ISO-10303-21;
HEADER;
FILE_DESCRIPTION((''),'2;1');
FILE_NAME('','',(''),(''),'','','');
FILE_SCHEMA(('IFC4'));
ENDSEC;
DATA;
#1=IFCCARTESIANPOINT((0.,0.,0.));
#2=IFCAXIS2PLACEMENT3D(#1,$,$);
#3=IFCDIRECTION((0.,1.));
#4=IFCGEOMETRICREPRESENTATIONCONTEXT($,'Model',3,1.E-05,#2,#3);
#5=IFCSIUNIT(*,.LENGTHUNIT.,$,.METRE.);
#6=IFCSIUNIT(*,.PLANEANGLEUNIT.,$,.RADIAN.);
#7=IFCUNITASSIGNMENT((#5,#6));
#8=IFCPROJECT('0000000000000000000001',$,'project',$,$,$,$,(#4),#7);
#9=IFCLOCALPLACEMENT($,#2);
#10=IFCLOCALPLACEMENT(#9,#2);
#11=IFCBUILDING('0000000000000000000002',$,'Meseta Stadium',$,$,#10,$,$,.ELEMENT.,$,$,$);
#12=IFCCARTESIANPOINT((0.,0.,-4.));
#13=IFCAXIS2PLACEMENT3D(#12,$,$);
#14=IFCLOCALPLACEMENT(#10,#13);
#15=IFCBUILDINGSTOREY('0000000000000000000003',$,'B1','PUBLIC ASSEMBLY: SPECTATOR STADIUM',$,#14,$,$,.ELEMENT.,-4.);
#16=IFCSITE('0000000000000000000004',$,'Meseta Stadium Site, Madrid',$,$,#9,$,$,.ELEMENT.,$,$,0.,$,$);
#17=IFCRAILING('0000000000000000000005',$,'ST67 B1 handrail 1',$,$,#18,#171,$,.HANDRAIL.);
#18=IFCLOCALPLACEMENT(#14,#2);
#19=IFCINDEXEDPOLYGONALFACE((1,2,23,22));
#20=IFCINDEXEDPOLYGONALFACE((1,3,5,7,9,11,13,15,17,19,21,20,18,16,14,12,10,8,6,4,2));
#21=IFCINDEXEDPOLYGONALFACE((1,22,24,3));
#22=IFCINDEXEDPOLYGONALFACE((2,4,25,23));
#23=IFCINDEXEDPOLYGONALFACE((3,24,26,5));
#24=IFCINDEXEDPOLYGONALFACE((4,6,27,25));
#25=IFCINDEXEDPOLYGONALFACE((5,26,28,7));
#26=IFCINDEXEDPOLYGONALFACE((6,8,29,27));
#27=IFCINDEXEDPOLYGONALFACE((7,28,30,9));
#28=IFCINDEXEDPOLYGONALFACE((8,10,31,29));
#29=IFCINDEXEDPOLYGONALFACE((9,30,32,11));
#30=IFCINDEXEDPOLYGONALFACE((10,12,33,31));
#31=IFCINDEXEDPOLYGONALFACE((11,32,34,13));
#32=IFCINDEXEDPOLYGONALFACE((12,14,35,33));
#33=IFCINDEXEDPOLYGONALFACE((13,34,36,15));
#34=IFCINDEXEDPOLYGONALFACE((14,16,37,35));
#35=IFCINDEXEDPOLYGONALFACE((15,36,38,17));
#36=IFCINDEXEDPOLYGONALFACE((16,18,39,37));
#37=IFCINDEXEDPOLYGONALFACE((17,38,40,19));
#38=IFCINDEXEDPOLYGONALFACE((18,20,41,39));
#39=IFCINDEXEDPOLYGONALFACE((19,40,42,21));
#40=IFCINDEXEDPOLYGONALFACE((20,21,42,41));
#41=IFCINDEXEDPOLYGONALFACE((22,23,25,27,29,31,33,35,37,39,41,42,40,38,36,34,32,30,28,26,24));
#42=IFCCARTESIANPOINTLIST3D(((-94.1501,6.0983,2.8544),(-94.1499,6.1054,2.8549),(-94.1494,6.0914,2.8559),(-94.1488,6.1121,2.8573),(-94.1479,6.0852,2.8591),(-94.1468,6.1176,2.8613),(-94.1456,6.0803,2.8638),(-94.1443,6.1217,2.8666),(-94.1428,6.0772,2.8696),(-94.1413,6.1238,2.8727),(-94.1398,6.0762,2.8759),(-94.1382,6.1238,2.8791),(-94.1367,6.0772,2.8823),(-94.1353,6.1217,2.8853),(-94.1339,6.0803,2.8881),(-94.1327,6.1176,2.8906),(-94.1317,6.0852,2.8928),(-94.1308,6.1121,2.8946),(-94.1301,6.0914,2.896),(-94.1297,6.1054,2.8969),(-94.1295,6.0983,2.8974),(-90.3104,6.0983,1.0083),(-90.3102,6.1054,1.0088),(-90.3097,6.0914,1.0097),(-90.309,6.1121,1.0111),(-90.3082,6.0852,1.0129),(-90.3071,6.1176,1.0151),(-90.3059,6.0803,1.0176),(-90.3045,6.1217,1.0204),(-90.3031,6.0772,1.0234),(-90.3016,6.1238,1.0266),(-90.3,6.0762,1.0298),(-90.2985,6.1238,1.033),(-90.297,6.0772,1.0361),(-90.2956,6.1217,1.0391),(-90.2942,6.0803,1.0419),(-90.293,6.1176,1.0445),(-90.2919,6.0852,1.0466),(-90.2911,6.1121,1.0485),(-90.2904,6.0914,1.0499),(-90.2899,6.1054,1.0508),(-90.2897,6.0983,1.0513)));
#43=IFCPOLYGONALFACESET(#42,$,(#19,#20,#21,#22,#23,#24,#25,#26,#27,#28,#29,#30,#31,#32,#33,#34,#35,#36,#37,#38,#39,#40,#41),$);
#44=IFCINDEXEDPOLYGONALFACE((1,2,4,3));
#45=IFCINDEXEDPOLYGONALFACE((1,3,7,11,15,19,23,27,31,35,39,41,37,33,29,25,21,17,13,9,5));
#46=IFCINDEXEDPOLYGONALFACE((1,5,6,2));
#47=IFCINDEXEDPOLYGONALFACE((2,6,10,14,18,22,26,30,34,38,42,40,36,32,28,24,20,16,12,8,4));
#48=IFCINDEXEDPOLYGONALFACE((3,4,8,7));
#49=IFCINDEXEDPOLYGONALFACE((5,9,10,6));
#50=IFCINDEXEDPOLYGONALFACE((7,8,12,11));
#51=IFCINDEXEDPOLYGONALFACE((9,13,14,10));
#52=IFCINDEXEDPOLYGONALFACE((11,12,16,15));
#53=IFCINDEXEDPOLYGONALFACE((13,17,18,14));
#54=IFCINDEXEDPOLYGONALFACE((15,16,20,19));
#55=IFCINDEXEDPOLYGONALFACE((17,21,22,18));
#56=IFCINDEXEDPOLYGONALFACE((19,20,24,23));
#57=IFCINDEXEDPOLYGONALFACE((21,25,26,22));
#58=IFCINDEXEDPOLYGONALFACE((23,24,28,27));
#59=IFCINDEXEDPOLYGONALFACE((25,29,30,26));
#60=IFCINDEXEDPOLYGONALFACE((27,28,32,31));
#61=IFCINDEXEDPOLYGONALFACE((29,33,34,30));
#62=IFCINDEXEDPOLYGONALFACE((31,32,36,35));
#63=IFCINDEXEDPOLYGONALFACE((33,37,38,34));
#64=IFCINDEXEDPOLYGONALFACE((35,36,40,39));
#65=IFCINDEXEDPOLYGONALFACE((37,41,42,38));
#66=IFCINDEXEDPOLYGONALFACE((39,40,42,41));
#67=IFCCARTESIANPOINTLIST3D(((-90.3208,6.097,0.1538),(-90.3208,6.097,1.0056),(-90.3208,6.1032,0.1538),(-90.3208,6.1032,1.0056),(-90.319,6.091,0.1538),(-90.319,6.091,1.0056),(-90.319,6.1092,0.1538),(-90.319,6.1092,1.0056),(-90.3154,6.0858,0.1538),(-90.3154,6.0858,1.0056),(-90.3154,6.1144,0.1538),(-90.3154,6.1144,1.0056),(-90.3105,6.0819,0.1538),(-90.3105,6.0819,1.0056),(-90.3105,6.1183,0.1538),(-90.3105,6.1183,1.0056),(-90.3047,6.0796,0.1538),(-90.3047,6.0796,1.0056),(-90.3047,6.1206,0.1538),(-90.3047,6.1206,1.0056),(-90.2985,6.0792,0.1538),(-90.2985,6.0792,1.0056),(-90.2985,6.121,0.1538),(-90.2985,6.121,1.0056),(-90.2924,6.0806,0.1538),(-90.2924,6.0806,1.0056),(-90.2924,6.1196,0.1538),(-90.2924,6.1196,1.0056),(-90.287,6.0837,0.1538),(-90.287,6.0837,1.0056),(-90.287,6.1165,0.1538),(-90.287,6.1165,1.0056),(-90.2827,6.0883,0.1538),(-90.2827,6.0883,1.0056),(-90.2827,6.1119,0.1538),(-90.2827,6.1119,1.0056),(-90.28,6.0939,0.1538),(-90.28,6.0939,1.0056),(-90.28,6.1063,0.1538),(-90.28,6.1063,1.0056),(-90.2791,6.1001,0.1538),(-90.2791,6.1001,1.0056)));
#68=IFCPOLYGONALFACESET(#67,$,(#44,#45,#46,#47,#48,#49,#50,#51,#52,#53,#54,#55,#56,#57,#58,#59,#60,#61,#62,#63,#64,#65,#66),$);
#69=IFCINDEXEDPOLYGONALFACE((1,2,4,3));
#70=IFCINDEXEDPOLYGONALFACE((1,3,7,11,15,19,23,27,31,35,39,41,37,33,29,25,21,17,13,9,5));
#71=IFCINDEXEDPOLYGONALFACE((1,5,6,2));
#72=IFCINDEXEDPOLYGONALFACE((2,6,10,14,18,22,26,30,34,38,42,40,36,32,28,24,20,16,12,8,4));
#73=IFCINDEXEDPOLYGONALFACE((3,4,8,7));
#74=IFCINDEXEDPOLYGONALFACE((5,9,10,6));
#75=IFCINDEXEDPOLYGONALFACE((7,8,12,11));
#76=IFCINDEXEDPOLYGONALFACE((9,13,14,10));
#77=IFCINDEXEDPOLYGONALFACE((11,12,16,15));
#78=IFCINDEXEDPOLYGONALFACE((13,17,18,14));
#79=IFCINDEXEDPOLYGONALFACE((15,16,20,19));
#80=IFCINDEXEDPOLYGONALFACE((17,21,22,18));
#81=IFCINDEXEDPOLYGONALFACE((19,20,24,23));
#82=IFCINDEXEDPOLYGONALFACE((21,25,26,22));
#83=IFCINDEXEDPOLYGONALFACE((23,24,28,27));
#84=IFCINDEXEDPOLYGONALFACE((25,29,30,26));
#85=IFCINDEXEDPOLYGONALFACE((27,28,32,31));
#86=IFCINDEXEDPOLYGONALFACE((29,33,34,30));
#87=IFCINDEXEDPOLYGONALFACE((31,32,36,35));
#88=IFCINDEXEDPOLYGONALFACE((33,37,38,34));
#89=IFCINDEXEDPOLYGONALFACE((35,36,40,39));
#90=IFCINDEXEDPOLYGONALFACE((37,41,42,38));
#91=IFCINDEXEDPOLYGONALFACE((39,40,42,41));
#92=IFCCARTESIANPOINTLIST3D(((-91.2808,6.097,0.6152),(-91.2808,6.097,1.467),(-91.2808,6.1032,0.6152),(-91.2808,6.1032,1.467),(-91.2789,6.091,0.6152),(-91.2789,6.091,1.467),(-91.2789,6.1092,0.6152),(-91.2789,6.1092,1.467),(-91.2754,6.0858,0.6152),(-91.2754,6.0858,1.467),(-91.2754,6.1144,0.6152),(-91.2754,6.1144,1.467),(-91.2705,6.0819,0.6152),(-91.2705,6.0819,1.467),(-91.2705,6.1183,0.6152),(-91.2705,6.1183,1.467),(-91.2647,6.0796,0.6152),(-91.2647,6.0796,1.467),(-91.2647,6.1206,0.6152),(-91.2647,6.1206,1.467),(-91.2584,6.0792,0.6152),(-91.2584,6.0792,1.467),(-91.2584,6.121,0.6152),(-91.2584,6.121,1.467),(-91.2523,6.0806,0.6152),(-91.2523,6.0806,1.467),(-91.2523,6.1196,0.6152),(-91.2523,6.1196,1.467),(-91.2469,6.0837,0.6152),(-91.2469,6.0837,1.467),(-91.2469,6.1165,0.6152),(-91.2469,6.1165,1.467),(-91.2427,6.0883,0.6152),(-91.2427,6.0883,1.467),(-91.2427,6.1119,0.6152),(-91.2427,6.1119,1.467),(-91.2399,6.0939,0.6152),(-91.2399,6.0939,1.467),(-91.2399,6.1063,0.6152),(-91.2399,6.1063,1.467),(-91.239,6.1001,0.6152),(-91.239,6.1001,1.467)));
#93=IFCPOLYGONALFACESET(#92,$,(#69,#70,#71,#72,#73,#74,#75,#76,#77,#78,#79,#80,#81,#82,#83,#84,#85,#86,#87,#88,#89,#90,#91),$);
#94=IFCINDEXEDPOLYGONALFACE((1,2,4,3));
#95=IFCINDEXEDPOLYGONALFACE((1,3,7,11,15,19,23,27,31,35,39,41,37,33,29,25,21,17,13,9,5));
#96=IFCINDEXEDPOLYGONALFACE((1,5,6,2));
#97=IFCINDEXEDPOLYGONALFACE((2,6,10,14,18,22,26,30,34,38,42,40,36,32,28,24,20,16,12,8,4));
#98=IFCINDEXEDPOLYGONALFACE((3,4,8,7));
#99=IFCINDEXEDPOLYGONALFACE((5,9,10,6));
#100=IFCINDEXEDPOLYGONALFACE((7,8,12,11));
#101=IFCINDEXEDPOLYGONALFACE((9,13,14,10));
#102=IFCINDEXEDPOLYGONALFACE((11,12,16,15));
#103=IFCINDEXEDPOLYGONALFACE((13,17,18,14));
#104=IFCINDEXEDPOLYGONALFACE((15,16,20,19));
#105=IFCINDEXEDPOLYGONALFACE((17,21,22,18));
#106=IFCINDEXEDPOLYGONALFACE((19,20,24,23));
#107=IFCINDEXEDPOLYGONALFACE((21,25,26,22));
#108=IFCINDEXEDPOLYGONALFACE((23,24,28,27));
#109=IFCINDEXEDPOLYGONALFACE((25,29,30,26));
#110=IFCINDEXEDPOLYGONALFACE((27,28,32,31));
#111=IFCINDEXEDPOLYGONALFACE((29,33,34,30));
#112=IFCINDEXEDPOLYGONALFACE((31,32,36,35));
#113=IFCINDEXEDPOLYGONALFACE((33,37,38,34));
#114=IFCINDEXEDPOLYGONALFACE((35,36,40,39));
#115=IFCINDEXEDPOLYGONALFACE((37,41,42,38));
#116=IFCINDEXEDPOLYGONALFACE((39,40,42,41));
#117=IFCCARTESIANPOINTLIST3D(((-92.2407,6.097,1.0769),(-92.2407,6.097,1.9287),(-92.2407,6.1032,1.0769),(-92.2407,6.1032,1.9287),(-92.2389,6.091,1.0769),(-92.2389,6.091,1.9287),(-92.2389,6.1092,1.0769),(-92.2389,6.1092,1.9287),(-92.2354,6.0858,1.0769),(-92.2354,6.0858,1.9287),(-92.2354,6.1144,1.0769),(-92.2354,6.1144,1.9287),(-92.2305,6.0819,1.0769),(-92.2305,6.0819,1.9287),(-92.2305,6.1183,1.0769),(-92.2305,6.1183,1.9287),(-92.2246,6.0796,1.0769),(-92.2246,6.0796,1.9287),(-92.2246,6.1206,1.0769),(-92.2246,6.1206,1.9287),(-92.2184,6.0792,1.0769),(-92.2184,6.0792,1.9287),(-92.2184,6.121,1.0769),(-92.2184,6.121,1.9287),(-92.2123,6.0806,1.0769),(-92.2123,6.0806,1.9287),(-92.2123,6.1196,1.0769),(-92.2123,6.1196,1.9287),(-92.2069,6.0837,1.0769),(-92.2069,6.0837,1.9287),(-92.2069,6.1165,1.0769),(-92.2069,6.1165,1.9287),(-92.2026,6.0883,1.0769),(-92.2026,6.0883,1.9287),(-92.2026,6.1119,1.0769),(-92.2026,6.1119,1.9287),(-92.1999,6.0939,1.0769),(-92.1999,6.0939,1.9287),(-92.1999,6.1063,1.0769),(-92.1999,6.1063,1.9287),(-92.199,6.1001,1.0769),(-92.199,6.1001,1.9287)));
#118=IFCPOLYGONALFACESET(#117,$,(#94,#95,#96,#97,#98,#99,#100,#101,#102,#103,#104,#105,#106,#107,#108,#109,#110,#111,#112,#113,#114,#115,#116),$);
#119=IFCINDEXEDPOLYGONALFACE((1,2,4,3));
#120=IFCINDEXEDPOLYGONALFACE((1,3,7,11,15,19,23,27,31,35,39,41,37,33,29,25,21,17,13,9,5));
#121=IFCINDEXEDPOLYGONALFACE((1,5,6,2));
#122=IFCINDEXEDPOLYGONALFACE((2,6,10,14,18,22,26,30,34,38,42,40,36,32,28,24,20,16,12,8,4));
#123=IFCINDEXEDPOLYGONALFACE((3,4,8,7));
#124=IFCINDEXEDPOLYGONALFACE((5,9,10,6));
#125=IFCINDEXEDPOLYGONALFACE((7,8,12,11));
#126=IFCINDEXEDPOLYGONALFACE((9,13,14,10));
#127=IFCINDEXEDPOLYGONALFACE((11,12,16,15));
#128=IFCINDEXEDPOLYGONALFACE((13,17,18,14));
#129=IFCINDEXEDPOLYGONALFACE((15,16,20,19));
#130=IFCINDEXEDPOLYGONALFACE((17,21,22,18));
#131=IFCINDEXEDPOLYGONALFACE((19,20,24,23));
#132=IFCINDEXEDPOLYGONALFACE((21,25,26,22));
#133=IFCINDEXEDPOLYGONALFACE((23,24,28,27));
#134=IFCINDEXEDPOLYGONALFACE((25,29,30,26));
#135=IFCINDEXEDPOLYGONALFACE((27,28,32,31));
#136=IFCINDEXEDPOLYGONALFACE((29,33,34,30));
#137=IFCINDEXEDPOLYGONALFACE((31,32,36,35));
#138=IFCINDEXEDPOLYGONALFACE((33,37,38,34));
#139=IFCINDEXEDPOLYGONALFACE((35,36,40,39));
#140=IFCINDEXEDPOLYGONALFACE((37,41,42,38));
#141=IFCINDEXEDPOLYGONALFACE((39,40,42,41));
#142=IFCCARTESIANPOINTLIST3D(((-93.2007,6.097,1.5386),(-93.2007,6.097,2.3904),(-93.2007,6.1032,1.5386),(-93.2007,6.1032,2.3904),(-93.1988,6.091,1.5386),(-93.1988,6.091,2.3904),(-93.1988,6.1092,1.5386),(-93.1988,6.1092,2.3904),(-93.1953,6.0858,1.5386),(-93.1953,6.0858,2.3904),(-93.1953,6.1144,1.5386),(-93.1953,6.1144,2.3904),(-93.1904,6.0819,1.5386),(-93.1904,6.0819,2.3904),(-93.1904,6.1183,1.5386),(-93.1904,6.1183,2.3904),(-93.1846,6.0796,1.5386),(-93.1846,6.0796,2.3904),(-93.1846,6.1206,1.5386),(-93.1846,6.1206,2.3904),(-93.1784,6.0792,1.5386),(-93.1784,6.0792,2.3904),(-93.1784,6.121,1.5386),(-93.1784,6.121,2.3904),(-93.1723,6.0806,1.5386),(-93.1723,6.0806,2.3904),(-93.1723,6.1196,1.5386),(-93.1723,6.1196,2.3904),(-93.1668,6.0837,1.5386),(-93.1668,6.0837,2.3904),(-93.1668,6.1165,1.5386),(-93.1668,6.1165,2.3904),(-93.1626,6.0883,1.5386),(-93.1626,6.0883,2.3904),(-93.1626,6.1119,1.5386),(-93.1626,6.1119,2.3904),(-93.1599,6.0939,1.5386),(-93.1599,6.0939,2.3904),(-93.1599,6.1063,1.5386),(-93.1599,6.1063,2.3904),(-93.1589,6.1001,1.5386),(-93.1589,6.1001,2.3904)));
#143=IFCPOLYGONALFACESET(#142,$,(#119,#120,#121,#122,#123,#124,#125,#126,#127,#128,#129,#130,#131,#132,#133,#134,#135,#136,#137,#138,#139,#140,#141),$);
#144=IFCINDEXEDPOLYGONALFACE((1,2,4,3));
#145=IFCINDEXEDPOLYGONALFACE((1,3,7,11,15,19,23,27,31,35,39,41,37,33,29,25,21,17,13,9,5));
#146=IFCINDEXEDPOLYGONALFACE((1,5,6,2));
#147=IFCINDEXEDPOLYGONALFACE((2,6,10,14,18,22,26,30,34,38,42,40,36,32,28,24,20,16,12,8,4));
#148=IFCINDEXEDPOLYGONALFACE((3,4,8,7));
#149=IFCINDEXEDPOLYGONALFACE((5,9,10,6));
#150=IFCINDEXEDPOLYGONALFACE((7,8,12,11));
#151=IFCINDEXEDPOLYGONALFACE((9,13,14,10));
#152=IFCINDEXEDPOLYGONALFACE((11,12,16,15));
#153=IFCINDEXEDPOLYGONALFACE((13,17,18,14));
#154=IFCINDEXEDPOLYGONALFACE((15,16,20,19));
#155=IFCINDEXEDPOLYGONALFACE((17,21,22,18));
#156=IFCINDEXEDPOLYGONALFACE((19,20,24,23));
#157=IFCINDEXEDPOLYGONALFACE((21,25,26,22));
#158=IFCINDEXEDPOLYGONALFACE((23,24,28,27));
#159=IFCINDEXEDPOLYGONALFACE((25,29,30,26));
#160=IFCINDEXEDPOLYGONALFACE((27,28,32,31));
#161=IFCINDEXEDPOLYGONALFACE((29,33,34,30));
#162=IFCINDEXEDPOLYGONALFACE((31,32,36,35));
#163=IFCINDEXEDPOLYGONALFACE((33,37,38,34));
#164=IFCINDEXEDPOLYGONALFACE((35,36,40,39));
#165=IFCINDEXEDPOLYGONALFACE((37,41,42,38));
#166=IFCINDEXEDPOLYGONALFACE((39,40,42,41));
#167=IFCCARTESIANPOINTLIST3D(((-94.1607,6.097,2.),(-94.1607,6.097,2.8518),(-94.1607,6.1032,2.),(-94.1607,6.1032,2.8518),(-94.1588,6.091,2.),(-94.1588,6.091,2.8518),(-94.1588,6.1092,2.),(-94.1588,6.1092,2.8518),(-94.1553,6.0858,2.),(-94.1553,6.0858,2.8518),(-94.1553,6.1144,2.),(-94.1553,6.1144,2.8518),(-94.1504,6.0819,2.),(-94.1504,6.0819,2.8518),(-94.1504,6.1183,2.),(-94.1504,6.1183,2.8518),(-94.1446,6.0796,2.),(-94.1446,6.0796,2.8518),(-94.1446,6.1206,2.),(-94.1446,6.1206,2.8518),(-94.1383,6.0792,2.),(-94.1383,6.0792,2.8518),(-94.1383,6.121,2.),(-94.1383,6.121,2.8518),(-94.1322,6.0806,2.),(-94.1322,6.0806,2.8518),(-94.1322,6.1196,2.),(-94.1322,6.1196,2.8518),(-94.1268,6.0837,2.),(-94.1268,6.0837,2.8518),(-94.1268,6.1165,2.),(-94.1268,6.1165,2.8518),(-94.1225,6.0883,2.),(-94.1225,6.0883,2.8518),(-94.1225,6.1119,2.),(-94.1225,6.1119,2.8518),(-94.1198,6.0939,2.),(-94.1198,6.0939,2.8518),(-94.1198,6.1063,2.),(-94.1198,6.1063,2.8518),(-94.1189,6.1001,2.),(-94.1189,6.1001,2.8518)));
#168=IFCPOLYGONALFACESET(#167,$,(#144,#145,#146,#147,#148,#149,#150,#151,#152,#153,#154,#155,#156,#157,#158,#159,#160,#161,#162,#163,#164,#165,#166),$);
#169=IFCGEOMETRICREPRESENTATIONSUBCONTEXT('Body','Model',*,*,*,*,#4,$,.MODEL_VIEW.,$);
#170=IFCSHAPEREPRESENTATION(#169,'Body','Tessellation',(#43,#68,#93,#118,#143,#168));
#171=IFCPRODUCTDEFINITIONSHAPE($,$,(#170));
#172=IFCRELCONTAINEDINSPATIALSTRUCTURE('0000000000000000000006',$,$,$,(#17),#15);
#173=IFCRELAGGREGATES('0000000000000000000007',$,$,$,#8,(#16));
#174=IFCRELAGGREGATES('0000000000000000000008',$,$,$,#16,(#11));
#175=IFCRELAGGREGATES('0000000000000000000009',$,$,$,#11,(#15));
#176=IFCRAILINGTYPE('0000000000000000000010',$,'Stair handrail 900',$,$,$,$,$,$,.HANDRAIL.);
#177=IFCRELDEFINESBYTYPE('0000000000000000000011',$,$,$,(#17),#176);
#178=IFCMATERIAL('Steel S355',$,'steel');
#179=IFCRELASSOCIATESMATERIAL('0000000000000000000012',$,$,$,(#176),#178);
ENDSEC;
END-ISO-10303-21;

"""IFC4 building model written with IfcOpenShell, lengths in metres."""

from ifc_helpers import new_model, si_unit, direction, frame, origin, origin_2d, place, context, subcontext, project, spatial, circle, extrude, material, type_object, element, save


model = new_model("IFC4")

# Units and contexts
model_context = context("Model", 3, precision=1e-05, world=origin(), true_north=direction((0.0, 1.0)))
body_context = subcontext(model_context, "Body", "Model", "MODEL_VIEW")
ifc_project = project(units=[si_unit("LENGTHUNIT", "METRE"), si_unit("PLANEANGLEUNIT", "RADIAN")], contexts=[model_context])

# Site, building, storey
site_placement = place(None, origin())
site = spatial("IfcSite", under=ifc_project, at=site_placement, Name="Meseta Stadium Site, Madrid", CompositionType="ELEMENT", RefElevation=0.0)
building_placement = place(site_placement, origin())
building = spatial("IfcBuilding", under=site, at=building_placement, Name="Meseta Stadium", CompositionType="ELEMENT")
storey_placement = place(building_placement, frame((0.0, 0.0, -4.0)))
storey = spatial("IfcBuildingStorey", under=building, at=storey_placement, Name="B1", Description="PUBLIC ASSEMBLY: SPECTATOR STADIUM", CompositionType="ELEMENT", Elevation=-4.0)

# Railing
ifc_material_1 = material(Name="Steel S355", Category="steel")
railing_type_1 = type_object("IfcRailingType", Name="Stair handrail 900", PredefinedType="HANDRAIL", material=ifc_material_1)
for number, where, name in (
    (1, (-90.3, 6.1001, 0.1538), "ST67 B1 handrail 1"),
):
    element("IfcRailing", number, at=place(storey_placement, frame(where)), inside=storey, type_object=railing_type_1, Name=name, PredefinedType="HANDRAIL", context=body_context, shape_type="SweptSolid", body=[
        extrude(circle(Radius=0.0239, at=origin_2d()), frame((0.0, 0.0, 0.876), z_axis=(-0.901242, 0.0, 0.433316), x_axis=(0.0, -1.0, 0.0)), (0.0, 0.0, 1.0), 4.2605),
        extrude(circle(Radius=0.021, at=origin_2d()), origin(), (0.0, 0.0, 1.0), 0.8518),
        extrude(circle(Radius=0.021, at=origin_2d()), frame((-0.96, 0.0, 0.4614)), (0.0, 0.0, 1.0), 0.8518),
        extrude(circle(Radius=0.021, at=origin_2d()), frame((-1.9199, 0.0, 0.9231)), (0.0, 0.0, 1.0), 0.8518),
        extrude(circle(Radius=0.021, at=origin_2d()), frame((-2.8799, 0.0, 1.3848)), (0.0, 0.0, 1.0), 0.8518),
        extrude(circle(Radius=0.021, at=origin_2d()), frame((-3.8398, 0.0, 1.8462)), (0.0, 0.0, 1.0), 0.8518),
    ])

save(model, "model.ifc")
